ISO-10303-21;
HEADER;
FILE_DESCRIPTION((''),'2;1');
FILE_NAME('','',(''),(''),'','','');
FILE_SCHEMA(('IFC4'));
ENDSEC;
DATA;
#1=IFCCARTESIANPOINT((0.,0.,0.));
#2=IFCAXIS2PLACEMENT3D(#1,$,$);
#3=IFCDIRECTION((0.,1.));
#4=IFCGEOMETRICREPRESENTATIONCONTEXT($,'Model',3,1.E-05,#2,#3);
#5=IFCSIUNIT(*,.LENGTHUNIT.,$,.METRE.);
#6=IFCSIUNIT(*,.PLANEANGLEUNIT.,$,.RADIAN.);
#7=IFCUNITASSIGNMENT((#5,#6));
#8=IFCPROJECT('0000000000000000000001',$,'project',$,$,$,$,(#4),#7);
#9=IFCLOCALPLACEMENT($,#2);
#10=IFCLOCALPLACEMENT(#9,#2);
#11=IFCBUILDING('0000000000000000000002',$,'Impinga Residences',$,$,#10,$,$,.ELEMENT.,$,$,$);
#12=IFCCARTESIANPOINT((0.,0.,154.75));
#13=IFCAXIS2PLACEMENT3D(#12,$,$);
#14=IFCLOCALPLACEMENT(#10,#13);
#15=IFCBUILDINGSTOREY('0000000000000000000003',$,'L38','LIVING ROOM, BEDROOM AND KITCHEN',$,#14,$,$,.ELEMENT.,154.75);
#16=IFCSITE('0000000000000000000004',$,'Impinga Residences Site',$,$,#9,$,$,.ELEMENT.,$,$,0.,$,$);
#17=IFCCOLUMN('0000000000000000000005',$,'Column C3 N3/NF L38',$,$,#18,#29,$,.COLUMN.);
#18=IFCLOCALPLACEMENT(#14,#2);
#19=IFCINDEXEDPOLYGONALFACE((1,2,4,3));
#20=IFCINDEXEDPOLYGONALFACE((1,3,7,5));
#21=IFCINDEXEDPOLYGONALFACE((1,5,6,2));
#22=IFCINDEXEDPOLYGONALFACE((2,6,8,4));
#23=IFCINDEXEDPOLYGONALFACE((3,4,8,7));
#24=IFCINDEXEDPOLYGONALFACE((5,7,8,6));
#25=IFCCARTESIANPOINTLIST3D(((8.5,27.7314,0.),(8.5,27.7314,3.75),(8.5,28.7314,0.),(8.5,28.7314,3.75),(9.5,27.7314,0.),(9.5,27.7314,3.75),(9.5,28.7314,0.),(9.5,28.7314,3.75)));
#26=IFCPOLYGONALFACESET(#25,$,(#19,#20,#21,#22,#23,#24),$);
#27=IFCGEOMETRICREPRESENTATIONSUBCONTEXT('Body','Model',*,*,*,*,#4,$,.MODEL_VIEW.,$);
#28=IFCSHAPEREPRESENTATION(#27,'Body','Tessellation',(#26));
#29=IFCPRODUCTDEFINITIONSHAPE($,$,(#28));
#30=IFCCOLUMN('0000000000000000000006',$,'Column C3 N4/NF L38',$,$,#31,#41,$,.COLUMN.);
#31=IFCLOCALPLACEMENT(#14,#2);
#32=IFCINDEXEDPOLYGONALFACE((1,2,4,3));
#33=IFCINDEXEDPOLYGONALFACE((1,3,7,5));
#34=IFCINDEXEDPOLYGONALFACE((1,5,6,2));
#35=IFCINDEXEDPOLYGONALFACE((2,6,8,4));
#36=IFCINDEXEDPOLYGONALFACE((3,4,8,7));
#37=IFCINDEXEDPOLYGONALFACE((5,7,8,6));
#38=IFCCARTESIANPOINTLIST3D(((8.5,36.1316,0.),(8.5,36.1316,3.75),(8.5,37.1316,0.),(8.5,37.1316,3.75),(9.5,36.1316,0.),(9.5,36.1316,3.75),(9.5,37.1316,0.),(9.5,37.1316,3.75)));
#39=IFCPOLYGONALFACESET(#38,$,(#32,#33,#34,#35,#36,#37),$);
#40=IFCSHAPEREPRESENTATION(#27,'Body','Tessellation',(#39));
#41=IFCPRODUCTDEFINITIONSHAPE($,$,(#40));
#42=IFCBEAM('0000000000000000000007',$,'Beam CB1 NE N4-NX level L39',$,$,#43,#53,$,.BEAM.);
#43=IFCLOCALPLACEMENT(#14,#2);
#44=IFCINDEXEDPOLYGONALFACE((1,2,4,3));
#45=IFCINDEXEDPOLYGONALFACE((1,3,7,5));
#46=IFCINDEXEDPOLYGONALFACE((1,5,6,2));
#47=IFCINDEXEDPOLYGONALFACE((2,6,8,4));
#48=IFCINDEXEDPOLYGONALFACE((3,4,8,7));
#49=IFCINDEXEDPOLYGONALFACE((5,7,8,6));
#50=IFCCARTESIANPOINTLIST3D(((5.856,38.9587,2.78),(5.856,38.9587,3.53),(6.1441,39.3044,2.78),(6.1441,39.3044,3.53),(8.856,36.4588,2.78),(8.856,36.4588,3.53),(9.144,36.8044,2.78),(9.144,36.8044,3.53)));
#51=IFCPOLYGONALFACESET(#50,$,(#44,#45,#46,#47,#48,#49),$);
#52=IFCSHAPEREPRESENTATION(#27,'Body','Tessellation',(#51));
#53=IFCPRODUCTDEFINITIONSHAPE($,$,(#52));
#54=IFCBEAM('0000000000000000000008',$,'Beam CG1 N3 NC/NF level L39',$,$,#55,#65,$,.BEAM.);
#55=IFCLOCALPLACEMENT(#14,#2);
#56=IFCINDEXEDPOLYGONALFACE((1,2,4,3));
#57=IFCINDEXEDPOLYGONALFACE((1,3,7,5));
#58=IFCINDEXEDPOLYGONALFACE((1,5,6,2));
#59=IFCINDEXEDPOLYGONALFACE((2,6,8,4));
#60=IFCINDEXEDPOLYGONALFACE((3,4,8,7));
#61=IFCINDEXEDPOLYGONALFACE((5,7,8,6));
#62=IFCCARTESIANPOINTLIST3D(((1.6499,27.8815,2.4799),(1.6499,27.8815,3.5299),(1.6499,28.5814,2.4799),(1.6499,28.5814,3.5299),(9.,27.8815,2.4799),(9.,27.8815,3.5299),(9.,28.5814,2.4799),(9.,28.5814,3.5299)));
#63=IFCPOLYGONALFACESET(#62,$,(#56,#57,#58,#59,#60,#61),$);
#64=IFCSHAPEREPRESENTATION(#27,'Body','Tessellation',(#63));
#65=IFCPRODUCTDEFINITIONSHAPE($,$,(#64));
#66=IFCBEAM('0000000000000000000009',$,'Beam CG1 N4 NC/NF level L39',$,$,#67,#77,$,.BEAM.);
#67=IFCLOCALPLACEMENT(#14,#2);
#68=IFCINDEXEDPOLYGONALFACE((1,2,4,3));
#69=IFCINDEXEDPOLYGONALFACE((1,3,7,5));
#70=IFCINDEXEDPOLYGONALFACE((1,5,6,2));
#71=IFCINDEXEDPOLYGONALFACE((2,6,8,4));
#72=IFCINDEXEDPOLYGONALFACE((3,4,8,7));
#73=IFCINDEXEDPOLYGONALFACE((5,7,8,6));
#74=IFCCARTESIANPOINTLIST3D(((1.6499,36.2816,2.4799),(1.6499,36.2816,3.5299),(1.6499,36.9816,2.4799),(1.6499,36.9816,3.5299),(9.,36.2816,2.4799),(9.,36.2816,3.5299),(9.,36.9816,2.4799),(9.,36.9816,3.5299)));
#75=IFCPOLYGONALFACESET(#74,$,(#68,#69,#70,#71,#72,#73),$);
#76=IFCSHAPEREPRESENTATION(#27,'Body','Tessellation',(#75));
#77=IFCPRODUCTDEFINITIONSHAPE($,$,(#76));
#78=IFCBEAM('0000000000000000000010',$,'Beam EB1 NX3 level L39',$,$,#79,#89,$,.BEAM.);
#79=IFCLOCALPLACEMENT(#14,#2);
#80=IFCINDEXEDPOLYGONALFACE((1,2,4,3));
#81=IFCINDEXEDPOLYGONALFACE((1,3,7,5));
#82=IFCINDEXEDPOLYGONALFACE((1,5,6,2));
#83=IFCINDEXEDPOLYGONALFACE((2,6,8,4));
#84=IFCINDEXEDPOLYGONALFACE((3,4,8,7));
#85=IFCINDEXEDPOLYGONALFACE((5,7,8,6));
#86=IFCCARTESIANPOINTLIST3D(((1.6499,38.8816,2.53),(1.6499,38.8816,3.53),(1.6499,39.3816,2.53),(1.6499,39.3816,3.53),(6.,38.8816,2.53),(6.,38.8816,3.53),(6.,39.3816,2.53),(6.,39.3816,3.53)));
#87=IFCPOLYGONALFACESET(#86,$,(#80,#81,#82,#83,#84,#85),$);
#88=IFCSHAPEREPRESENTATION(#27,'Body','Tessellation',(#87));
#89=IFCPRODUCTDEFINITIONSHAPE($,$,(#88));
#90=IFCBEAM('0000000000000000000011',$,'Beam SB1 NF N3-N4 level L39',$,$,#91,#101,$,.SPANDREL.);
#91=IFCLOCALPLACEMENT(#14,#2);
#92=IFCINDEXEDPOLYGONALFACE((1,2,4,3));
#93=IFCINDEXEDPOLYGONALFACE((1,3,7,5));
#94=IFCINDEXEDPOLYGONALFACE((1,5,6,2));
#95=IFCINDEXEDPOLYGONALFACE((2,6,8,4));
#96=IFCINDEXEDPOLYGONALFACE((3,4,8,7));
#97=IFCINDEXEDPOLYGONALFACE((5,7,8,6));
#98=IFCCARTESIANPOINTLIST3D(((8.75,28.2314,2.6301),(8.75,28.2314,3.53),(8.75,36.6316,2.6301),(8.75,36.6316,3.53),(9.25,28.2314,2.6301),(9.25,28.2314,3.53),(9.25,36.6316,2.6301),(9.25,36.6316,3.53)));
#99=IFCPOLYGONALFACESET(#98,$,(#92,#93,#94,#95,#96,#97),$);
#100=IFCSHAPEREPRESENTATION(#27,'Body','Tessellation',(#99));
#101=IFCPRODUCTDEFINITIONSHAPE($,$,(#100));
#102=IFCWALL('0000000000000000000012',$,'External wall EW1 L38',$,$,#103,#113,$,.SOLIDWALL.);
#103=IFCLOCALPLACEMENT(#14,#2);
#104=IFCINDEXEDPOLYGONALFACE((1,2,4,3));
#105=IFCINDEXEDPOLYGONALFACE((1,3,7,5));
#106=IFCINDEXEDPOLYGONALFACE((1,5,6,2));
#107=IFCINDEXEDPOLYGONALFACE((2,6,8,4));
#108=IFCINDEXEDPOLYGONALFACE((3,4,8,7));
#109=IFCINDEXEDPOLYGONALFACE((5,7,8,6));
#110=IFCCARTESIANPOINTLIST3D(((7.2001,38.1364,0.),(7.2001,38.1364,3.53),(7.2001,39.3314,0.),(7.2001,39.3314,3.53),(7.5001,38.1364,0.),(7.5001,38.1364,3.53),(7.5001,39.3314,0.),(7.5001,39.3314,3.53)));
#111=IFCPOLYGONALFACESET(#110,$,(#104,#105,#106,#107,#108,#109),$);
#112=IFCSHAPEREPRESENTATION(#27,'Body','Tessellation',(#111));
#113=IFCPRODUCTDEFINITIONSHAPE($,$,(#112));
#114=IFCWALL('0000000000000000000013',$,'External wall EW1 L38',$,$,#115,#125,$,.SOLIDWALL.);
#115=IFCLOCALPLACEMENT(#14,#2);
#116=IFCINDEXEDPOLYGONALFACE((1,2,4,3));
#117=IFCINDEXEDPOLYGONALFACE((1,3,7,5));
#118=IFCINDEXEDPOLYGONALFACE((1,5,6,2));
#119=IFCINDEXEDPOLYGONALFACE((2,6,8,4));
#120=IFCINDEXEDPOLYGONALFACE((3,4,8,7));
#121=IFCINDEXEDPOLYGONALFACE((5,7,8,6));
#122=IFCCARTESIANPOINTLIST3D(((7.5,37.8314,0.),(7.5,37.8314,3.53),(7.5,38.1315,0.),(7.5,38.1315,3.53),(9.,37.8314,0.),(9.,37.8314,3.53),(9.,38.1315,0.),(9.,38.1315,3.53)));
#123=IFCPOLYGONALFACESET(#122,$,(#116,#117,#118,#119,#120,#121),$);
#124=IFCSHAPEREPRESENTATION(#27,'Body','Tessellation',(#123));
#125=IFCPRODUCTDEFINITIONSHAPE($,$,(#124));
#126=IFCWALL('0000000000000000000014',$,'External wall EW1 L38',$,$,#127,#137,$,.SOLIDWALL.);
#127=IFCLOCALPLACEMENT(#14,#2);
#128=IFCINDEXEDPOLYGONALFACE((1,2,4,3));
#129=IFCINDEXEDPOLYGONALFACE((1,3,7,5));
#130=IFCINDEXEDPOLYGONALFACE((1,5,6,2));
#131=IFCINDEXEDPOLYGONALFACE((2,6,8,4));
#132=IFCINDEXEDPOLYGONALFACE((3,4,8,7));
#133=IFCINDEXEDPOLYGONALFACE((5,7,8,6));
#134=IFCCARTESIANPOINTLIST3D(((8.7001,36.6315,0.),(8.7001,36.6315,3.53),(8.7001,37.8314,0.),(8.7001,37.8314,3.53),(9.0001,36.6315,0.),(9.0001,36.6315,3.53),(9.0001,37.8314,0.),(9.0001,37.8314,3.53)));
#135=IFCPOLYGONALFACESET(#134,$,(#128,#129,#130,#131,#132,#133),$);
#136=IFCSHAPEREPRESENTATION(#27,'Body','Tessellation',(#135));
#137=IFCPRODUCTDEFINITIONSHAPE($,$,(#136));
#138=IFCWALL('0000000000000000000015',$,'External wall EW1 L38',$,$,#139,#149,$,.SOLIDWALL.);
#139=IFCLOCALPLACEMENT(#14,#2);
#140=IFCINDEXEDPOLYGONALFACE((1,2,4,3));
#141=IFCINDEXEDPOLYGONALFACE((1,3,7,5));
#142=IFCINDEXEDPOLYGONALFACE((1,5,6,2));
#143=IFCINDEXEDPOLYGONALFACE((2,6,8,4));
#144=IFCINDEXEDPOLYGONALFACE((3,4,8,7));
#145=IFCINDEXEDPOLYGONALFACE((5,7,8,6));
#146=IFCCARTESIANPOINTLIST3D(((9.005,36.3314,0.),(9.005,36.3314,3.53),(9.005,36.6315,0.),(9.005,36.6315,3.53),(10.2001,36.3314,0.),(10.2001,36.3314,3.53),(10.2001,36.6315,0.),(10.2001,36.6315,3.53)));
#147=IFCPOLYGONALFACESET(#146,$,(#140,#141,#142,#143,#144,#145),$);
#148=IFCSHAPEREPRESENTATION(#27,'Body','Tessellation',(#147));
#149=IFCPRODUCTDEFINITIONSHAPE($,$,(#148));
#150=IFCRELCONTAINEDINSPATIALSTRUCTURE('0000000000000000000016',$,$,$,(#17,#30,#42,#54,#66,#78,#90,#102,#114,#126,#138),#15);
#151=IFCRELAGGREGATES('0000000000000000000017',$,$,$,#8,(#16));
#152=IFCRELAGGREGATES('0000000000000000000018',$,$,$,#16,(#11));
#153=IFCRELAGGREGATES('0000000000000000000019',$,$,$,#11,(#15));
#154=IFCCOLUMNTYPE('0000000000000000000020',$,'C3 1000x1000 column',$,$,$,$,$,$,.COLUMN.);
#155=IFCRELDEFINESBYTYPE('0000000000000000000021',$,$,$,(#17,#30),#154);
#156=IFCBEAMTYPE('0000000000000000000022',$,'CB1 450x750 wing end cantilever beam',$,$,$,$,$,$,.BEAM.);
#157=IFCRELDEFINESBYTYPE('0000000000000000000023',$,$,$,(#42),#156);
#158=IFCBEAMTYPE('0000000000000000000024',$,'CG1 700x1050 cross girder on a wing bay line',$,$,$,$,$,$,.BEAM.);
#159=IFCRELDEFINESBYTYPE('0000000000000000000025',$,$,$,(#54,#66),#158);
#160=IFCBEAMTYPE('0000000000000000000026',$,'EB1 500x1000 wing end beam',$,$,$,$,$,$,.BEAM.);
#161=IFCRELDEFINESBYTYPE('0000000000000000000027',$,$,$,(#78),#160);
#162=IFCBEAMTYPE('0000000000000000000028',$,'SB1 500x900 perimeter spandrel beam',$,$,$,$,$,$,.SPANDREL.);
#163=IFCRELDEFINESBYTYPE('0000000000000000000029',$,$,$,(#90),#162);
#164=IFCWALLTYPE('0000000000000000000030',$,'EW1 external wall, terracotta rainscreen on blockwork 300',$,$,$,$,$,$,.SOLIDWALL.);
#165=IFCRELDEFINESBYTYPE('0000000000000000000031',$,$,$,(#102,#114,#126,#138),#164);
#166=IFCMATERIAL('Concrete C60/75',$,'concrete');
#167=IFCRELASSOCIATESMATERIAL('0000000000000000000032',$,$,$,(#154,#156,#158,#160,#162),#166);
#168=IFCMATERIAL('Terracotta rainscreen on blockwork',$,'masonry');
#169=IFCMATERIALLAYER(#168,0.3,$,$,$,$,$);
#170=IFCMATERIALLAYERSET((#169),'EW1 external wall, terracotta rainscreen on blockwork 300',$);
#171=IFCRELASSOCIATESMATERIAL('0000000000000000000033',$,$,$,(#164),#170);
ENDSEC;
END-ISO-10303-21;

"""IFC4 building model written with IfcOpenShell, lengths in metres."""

from ifc_helpers import new_model, si_unit, direction, frame, frame_2d, origin, origin_2d, place, context, subcontext, project, spatial, rectangle, extrude, material, layer, layer_set, material_profile, profile_set, type_object, element, save


model = new_model("IFC4")

# Units and contexts
model_context = context("Model", 3, precision=1e-05, world=origin(), true_north=direction((0.0, 1.0)))
body_context = subcontext(model_context, "Body", "Model", "MODEL_VIEW")
ifc_project = project(units=[si_unit("LENGTHUNIT", "METRE"), si_unit("PLANEANGLEUNIT", "RADIAN")], contexts=[model_context])

# Site, building, storey
site_placement = place(None, origin())
site = spatial("IfcSite", under=ifc_project, at=site_placement, Name="Impinga Residences Site", CompositionType="ELEMENT", RefElevation=0.0)
building_placement = place(site_placement, origin())
building = spatial("IfcBuilding", under=site, at=building_placement, Name="Impinga Residences", CompositionType="ELEMENT")
storey_placement = place(building_placement, frame((0.0, 0.0, 154.75)))
storey = spatial("IfcBuildingStorey", under=building, at=storey_placement, Name="L38", Description="LIVING ROOM, BEDROOM AND KITCHEN", CompositionType="ELEMENT", Elevation=154.75)

# Columns
ifc_material_1 = material(Name="Concrete C60/75", Category="concrete")
ifc_material_profile_1 = material_profile(ifc_material_1, rectangle(XDim=1.0, YDim=1.0, at=origin_2d()), Name="RC 1000x1000")
ifc_profile_set_1 = profile_set([ifc_material_profile_1], Name="Concrete C60/75")
column_type = type_object("IfcColumnType", Name="C3 1000x1000 column", PredefinedType="COLUMN", material=ifc_profile_set_1)
for number, where, z_axis, x_axis, name in (
    (1, (9.0, 28.2314, 0.0), (0.0, 0.0, 1.0), (1.0, 0.0, 0.0), "Column C3 N3/NF L38"),
    (2, (9.0, 36.6316, 0.0), (0.0, 0.0, 1.0), (1.0, 0.0, 0.0), "Column C3 N4/NF L38"),
):
    element("IfcColumn", number, at=place(storey_placement, frame(where, z_axis=z_axis, x_axis=x_axis)), inside=storey, type_object=column_type, Name=name, PredefinedType="COLUMN", context=body_context, shape_type="SweptSolid", body=[
        extrude(rectangle(XDim=1.0, YDim=1.0, at=origin_2d()), origin(), (0.0, 0.0, 1.0), 3.75),
    ])

# Beams
ifc_material_profile_2 = material_profile(ifc_material_1, rectangle(XDim=0.45, YDim=0.75, at=origin_2d()), Name="RC 450x750")
ifc_profile_set_2 = profile_set([ifc_material_profile_2], Name="Concrete C60/75")
beam_type_1 = type_object("IfcBeamType", Name="CB1 450x750 wing end cantilever beam", PredefinedType="BEAM", material=ifc_profile_set_2)
beam_1_placement = place(storey_placement, frame((9.0, 36.6316, 3.155), z_axis=(-0.768221, 0.640184, 0.0), x_axis=(-0.640184, -0.768221, 0.0)))
element("IfcBeam", 3, at=beam_1_placement, inside=storey, type_object=beam_type_1, Name="Beam CB1 NE N4-NX level L39", PredefinedType="BEAM", context=body_context, shape_type="SweptSolid", body=[
    extrude(rectangle(XDim=0.45, YDim=0.75, at=origin_2d()), origin(), (0.0, 0.0, 1.0), 3.905),
])
ifc_material_profile_3 = material_profile(ifc_material_1, rectangle(XDim=0.7, YDim=1.05, at=origin_2d()), Name="RC 700x1050")
ifc_profile_set_3 = profile_set([ifc_material_profile_3], Name="Concrete C60/75")
beam_type_2 = type_object("IfcBeamType", Name="CG1 700x1050 cross girder on a wing bay line", PredefinedType="BEAM", material=ifc_profile_set_3)
for number, where, z_axis, x_axis, name in (
    (4, (1.6499, 28.2314, 3.0049), (1.0, 0.0, 0.0), (0.0, 1.0, 0.0), "Beam CG1 N3 NC/NF level L39"),
    (5, (1.6499, 36.6316, 3.0049), (1.0, 0.0, 0.0), (0.0, 1.0, 0.0), "Beam CG1 N4 NC/NF level L39"),
):
    element("IfcBeam", number, at=place(storey_placement, frame(where, z_axis=z_axis, x_axis=x_axis)), inside=storey, type_object=beam_type_2, Name=name, PredefinedType="BEAM", context=body_context, shape_type="SweptSolid", body=[
        extrude(rectangle(XDim=0.7, YDim=1.05, at=origin_2d()), origin(), (0.0, 0.0, 1.0), 7.3501),
    ])
ifc_material_profile_4 = material_profile(ifc_material_1, rectangle(XDim=0.5, YDim=1.0, at=origin_2d()), Name="RC 500x1000")
ifc_profile_set_4 = profile_set([ifc_material_profile_4], Name="Concrete C60/75")
beam_type_3 = type_object("IfcBeamType", Name="EB1 500x1000 wing end beam", PredefinedType="BEAM", material=ifc_profile_set_4)
beam_2_placement = place(storey_placement, frame((1.6499, 39.1316, 3.03), z_axis=(1.0, 0.0, 0.0), x_axis=(0.0, 1.0, 0.0)))
element("IfcBeam", 6, at=beam_2_placement, inside=storey, type_object=beam_type_3, Name="Beam EB1 NX3 level L39", PredefinedType="BEAM", context=body_context, shape_type="SweptSolid", body=[
    extrude(rectangle(XDim=0.5, YDim=1.0, at=origin_2d()), origin(), (0.0, 0.0, 1.0), 4.3501),
])
ifc_material_profile_5 = material_profile(ifc_material_1, rectangle(XDim=0.5, YDim=0.8999, at=origin_2d()), Name="RC 500x900")
ifc_profile_set_5 = profile_set([ifc_material_profile_5], Name="Concrete C60/75")
beam_type_4 = type_object("IfcBeamType", Name="SB1 500x900 perimeter spandrel beam", PredefinedType="SPANDREL", material=ifc_profile_set_5)
beam_3_placement = place(storey_placement, frame((9.0, 28.2314, 3.0801), z_axis=(0.0, 1.0, 0.0), x_axis=(-1.0, 0.0, 0.0)))
element("IfcBeam", 7, at=beam_3_placement, inside=storey, type_object=beam_type_4, Name="Beam SB1 NF N3-N4 level L39", PredefinedType="SPANDREL", context=body_context, shape_type="SweptSolid", body=[
    extrude(rectangle(XDim=0.5, YDim=0.8999, at=origin_2d()), origin(), (0.0, 0.0, 1.0), 8.4001),
])

# Walls
ifc_material_2 = material(Name="Terracotta rainscreen on blockwork", Category="masonry")
ifc_layer_1 = layer(ifc_material_2, 0.3)
ifc_layer_set_1 = layer_set([ifc_layer_1], Name="EW1 external wall, terracotta rainscreen on blockwork 300")
wall_type_1 = type_object("IfcWallType", Name="EW1 external wall, terracotta rainscreen on blockwork 300", PredefinedType="SOLIDWALL", material=ifc_layer_set_1)
wall_1_placement = place(storey_placement, frame((7.3501, 39.3315, 0.0), z_axis=(0.0, 0.0, 1.0), x_axis=(0.0, -1.0, 0.0)))
element("IfcWall", 8, at=wall_1_placement, inside=storey, type_object=wall_type_1, Name="External wall EW1 L38", PredefinedType="SOLIDWALL", context=body_context, shape_type="SweptSolid", body=[
    extrude(rectangle(XDim=1.1951, YDim=0.3, at=frame_2d((0.5977, 0.0))), origin(), (0.0, 0.0, 1.0), 3.53),
])
wall_2_placement = place(storey_placement, frame((7.5, 37.9814, 0.0), z_axis=(0.0, 0.0, 1.0), x_axis=(1.0, 0.0, 0.0)))
element("IfcWall", 9, at=wall_2_placement, inside=storey, type_object=wall_type_1, Name="External wall EW1 L38", PredefinedType="SOLIDWALL", context=body_context, shape_type="SweptSolid", body=[
    extrude(rectangle(XDim=1.5, YDim=0.3, at=frame_2d((0.75, 0.0))), origin(), (0.0, 0.0, 1.0), 3.53),
])
wall_3_placement = place(storey_placement, frame((8.8501, 37.8315, 0.0), z_axis=(0.0, 0.0, 1.0), x_axis=(0.0, -1.0, 0.0)))
element("IfcWall", 10, at=wall_3_placement, inside=storey, type_object=wall_type_1, Name="External wall EW1 L38", PredefinedType="SOLIDWALL", context=body_context, shape_type="SweptSolid", body=[
    extrude(rectangle(XDim=1.2, YDim=0.3, at=frame_2d((0.6001, 0.0))), origin(), (0.0, 0.0, 1.0), 3.53),
])
wall_4_placement = place(storey_placement, frame((9.0049, 36.4814, 0.0), z_axis=(0.0, 0.0, 1.0), x_axis=(1.0, 0.0, 0.0)))
element("IfcWall", 11, at=wall_4_placement, inside=storey, type_object=wall_type_1, Name="External wall EW1 L38", PredefinedType="SOLIDWALL", context=body_context, shape_type="SweptSolid", body=[
    extrude(rectangle(XDim=1.1951, YDim=0.3, at=frame_2d((0.5977, 0.0))), origin(), (0.0, 0.0, 1.0), 3.53),
])

save(model, "model.ifc")
